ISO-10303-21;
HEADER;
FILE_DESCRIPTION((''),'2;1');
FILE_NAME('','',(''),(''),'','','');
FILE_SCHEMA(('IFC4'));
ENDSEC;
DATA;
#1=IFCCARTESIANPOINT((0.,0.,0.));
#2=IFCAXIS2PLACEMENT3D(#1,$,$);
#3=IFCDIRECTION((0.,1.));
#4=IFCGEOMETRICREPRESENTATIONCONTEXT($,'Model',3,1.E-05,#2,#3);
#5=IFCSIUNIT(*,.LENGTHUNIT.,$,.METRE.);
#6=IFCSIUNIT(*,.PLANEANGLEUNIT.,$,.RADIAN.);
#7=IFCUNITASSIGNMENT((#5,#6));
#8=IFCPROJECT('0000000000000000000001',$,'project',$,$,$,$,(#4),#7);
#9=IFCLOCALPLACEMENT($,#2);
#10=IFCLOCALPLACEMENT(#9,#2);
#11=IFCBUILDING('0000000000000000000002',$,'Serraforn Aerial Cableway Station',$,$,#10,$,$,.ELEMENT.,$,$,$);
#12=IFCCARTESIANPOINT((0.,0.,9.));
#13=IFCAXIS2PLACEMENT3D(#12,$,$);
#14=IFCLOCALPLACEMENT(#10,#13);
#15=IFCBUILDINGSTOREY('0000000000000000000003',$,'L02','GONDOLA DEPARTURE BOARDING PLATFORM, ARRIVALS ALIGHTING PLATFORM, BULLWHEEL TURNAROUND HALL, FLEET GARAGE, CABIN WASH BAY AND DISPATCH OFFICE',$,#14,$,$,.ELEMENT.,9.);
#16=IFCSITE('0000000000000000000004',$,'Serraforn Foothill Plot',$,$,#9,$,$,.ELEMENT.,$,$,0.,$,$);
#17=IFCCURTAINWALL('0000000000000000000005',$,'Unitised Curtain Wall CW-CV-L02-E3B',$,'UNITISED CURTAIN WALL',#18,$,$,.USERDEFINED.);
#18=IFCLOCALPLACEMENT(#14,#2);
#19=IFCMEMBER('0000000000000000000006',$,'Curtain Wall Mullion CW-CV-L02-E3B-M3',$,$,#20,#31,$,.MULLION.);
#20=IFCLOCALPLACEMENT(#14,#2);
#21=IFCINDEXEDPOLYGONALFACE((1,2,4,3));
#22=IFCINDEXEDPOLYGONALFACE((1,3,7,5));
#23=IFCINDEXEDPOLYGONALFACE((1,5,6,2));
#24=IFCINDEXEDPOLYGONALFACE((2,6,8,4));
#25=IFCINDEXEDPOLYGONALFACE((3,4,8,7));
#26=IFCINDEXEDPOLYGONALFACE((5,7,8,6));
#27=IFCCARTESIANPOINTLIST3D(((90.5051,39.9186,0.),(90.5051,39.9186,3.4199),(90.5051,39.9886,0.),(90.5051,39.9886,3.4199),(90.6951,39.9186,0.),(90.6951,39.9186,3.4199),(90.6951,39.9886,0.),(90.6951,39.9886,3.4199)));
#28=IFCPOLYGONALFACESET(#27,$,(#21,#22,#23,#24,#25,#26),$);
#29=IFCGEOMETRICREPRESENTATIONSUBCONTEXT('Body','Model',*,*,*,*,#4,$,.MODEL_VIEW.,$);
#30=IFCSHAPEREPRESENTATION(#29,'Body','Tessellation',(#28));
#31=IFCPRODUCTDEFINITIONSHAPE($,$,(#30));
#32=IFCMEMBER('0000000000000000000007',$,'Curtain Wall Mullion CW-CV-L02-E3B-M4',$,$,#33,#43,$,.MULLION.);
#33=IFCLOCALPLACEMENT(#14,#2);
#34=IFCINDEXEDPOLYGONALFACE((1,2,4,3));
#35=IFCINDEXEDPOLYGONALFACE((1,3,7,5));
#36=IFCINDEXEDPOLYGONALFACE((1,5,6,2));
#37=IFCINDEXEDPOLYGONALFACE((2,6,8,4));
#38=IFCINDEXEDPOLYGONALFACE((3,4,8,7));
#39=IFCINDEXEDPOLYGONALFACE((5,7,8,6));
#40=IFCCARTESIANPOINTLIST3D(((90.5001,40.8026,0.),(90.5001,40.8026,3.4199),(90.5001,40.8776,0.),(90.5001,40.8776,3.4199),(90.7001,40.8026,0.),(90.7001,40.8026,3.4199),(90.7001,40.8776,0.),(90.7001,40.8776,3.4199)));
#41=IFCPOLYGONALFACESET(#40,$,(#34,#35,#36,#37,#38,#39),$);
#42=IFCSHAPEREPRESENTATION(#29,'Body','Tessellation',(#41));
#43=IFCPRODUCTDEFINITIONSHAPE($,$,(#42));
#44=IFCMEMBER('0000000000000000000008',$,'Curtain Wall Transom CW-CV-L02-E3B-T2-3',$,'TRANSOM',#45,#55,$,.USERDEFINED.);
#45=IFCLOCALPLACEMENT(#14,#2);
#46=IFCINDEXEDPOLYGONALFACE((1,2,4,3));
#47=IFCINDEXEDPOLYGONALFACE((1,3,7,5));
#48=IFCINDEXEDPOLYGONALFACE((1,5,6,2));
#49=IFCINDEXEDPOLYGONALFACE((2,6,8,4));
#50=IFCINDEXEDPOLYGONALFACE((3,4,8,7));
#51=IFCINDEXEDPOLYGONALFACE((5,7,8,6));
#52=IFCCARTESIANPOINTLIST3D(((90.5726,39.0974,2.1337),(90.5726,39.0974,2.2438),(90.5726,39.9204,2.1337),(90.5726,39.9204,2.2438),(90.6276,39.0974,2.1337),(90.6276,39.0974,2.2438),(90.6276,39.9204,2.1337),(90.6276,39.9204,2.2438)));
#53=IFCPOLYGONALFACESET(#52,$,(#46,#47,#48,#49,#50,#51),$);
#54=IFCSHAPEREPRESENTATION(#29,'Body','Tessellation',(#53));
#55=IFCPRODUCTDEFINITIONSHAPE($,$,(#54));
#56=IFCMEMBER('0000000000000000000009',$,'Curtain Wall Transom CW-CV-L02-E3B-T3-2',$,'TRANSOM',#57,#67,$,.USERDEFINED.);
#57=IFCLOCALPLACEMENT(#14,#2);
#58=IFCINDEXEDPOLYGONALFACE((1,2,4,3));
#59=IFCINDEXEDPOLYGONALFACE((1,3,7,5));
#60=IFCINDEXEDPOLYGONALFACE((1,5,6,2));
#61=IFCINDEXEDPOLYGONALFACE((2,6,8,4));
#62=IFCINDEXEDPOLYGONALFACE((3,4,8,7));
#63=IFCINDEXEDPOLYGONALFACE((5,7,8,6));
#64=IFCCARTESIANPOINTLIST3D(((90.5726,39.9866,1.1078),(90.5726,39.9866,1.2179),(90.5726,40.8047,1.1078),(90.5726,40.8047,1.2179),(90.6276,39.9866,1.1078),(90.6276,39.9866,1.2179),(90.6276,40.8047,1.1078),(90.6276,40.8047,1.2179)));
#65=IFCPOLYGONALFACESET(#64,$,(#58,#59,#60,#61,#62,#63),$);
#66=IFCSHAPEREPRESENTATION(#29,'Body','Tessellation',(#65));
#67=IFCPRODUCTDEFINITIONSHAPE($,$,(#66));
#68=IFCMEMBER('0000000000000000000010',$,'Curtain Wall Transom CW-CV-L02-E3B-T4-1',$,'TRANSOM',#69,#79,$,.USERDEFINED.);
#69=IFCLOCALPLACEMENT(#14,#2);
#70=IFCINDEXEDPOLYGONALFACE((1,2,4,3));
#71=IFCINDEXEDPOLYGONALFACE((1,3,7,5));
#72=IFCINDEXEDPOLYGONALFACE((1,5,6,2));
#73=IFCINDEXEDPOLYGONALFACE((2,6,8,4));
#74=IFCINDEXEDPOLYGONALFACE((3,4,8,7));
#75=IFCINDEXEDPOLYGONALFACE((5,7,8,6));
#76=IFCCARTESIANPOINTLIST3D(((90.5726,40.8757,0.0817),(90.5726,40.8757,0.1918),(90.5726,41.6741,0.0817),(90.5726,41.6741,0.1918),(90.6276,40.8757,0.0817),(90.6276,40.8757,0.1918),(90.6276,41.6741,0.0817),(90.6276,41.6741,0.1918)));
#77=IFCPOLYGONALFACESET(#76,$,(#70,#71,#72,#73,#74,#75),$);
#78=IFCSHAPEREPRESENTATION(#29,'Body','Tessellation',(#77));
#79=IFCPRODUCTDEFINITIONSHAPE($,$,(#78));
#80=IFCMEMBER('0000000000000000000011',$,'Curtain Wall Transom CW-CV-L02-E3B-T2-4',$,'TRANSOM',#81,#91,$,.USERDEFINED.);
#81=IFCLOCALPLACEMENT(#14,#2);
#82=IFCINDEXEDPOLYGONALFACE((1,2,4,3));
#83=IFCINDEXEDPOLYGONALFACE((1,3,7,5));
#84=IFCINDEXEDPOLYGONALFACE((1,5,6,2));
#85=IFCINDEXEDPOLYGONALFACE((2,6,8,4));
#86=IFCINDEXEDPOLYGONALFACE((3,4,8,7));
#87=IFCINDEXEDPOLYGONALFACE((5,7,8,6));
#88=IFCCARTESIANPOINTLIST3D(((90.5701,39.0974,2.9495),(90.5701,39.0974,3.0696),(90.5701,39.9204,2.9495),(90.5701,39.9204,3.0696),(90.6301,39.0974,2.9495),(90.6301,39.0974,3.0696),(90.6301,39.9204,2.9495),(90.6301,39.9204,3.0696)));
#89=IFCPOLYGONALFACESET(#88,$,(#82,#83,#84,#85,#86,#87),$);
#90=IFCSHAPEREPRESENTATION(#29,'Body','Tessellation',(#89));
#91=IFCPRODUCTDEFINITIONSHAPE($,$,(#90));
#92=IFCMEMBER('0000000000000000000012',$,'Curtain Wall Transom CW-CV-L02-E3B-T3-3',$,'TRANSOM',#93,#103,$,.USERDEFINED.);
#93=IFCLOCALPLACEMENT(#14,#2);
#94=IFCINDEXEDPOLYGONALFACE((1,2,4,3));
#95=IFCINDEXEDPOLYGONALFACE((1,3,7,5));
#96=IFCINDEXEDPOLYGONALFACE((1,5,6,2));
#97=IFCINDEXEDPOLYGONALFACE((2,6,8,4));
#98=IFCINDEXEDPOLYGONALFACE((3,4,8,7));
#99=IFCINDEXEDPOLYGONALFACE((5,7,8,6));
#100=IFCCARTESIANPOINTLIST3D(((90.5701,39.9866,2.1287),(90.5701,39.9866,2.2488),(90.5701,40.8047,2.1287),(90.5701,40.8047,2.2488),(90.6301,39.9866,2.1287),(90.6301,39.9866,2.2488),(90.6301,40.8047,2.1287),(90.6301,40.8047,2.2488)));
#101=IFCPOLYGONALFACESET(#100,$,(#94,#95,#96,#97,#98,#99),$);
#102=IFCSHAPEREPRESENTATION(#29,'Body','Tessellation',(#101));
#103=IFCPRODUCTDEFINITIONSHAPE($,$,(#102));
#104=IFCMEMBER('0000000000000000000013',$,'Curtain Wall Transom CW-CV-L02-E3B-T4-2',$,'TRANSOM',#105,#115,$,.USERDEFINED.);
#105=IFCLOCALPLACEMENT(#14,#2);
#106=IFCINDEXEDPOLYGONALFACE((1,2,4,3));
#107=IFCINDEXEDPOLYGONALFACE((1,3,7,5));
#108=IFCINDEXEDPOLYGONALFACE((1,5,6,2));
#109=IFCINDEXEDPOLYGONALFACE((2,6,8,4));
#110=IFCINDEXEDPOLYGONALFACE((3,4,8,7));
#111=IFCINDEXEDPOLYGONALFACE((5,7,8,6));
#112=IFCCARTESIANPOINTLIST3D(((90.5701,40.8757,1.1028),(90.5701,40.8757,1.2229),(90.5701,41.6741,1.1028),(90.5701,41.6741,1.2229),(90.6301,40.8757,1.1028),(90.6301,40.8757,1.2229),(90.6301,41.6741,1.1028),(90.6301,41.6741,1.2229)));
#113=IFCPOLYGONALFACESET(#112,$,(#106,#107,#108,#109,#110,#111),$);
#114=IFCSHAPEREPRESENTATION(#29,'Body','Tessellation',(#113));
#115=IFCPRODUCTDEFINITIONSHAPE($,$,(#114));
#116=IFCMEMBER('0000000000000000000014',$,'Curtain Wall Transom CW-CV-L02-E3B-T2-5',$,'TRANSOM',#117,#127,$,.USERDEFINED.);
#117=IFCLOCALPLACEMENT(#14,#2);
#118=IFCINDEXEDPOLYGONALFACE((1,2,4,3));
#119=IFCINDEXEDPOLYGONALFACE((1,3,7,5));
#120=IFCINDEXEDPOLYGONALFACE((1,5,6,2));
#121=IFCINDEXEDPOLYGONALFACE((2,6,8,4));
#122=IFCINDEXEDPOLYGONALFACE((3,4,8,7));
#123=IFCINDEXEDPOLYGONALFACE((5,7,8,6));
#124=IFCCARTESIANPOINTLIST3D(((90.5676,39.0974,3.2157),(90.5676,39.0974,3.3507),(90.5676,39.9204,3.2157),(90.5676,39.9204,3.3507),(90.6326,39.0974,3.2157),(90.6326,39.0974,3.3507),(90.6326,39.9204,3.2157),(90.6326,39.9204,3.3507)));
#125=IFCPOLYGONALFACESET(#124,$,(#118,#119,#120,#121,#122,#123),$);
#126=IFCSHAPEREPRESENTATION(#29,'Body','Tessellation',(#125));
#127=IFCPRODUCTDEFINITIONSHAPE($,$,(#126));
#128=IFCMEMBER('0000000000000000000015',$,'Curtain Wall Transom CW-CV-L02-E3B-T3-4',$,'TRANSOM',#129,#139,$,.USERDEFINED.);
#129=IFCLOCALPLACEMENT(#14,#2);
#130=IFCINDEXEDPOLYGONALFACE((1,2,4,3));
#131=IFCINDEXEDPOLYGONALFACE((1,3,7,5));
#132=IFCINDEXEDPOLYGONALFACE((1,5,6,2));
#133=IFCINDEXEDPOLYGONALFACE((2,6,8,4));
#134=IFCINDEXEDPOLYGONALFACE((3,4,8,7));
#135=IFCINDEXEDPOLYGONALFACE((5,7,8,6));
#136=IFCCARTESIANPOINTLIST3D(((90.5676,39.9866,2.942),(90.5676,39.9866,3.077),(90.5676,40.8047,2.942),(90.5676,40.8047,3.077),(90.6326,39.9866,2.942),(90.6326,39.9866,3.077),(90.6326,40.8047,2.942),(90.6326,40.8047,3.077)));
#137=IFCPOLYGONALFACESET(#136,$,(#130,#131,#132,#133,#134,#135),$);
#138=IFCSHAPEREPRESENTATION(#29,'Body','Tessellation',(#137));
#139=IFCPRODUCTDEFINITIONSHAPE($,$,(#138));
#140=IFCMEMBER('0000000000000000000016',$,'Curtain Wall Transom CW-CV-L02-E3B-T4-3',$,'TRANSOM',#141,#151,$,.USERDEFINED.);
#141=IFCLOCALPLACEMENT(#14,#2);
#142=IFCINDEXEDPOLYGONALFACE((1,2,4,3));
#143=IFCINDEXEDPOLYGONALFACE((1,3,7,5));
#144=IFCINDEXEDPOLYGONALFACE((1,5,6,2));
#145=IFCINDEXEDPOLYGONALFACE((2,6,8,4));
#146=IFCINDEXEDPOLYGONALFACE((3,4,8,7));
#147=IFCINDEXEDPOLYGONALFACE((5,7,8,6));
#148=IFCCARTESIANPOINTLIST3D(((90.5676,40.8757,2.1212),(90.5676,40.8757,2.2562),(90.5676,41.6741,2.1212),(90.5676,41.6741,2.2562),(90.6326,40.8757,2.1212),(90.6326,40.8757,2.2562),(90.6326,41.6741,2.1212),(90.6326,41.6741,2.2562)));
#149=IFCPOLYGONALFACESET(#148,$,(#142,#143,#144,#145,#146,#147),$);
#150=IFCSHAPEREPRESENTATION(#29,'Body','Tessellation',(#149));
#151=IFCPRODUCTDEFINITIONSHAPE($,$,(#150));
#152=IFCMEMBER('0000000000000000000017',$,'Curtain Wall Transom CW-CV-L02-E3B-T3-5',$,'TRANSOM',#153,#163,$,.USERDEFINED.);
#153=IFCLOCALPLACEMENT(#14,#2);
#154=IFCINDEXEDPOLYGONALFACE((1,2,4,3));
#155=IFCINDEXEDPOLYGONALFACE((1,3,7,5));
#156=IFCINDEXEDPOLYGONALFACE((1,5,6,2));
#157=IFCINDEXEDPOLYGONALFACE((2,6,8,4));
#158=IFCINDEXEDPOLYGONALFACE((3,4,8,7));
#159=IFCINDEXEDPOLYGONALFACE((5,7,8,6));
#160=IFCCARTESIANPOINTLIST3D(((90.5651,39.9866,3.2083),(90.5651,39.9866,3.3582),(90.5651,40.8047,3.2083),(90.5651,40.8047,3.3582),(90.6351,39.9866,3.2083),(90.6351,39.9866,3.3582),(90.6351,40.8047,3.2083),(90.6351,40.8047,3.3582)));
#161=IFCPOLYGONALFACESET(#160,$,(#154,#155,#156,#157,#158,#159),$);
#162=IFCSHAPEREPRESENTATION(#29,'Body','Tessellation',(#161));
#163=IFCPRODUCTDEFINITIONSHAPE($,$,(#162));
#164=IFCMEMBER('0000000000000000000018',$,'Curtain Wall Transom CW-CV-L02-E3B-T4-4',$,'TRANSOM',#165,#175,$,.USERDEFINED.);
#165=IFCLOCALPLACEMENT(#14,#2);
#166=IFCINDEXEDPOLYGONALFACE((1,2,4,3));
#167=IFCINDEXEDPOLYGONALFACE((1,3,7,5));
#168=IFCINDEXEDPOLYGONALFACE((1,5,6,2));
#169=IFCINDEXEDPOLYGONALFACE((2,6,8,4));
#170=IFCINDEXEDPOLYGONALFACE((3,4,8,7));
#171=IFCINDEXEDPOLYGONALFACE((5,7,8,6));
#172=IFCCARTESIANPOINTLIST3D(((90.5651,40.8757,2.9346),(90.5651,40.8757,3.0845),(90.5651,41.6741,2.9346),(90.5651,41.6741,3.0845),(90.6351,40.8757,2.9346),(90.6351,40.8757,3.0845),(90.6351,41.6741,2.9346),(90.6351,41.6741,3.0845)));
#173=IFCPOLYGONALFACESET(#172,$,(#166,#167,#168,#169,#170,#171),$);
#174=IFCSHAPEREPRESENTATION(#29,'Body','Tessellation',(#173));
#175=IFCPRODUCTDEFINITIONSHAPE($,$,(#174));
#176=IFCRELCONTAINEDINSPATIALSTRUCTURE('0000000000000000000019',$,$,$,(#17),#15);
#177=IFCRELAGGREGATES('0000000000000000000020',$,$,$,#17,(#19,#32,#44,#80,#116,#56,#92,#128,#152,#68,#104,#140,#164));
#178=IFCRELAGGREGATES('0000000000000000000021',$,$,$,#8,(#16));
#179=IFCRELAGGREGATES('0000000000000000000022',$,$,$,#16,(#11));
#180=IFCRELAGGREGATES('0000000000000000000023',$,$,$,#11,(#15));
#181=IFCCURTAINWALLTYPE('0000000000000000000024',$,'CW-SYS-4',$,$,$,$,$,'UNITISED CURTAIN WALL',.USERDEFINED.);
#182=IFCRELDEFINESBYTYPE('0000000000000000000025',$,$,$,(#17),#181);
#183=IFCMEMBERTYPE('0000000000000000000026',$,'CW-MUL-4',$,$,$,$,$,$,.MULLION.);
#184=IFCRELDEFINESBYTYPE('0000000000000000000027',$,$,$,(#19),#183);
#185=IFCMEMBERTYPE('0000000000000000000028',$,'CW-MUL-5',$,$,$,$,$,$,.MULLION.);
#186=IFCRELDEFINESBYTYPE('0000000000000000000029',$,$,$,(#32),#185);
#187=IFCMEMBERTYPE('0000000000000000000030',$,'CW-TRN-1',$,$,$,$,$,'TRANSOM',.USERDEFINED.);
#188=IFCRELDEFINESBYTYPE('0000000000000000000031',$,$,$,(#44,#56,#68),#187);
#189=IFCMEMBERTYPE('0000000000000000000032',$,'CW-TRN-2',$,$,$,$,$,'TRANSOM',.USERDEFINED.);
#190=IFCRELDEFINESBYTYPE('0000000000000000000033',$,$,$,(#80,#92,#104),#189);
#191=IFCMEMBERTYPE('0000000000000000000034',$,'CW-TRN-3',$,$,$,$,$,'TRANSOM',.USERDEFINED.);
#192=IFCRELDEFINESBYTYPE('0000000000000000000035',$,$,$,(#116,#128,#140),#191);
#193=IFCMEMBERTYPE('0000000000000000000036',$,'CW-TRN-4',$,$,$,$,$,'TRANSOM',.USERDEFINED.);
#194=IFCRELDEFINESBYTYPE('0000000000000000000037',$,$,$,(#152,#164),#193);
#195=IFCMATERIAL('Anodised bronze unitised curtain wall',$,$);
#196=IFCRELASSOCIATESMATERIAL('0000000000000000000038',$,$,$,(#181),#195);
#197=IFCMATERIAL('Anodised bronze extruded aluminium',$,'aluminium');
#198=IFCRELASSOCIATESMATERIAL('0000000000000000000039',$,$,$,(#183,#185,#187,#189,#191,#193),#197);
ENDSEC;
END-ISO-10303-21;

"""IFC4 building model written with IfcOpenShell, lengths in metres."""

from ifc_helpers import new_model, si_unit, direction, frame, origin, origin_2d, place, context, subcontext, project, spatial, rectangle, extrude, material, material_profile, profile_set, type_object, element, aggregate, save


model = new_model("IFC4")

# Units and contexts
model_context = context("Model", 3, precision=1e-05, world=origin(), true_north=direction((0.0, 1.0)))
body_context = subcontext(model_context, "Body", "Model", "MODEL_VIEW")
ifc_project = project(units=[si_unit("LENGTHUNIT", "METRE"), si_unit("PLANEANGLEUNIT", "RADIAN")], contexts=[model_context])

# Site, building, storey
site_placement = place(None, origin())
site = spatial("IfcSite", under=ifc_project, at=site_placement, Name="Serraforn Foothill Plot", CompositionType="ELEMENT", RefElevation=0.0)
building_placement = place(site_placement, origin())
building = spatial("IfcBuilding", under=site, at=building_placement, Name="Serraforn Aerial Cableway Station", CompositionType="ELEMENT")
storey_placement = place(building_placement, frame((0.0, 0.0, 9.0)))
storey = spatial("IfcBuildingStorey", under=building, at=storey_placement, Name="L02", Description="GONDOLA DEPARTURE BOARDING PLATFORM, ARRIVALS ALIGHTING PLATFORM, BULLWHEEL TURNAROUND HALL, FLEET GARAGE, CABIN WASH BAY AND DISPATCH OFFICE", CompositionType="ELEMENT", Elevation=9.0)

# Curtain wall, members
ifc_material_1 = material(Name="Anodised bronze unitised curtain wall")
curtain_wall_type = type_object("IfcCurtainWallType", Name="CW-SYS-4", ElementType="UNITISED CURTAIN WALL", PredefinedType="USERDEFINED", material=ifc_material_1)
curtain_wall_placement = place(storey_placement, origin())
curtain_wall = element("IfcCurtainWall", 1, at=curtain_wall_placement, inside=storey, type_object=curtain_wall_type, Name="Unitised Curtain Wall CW-CV-L02-E3B", ObjectType="UNITISED CURTAIN WALL", PredefinedType="USERDEFINED")
ifc_material_2 = material(Name="Anodised bronze extruded aluminium", Category="aluminium")
ifc_material_profile_1 = material_profile(ifc_material_2, rectangle(XDim=0.0701, YDim=0.1899, at=origin_2d()), Name="CW MULLION 70x190")
ifc_profile_set_1 = profile_set([ifc_material_profile_1], Name="Anodised bronze extruded aluminium")
member_type_1 = type_object("IfcMemberType", Name="CW-MUL-4", PredefinedType="MULLION", material=ifc_profile_set_1)
member_1_placement = place(storey_placement, frame((90.6001, 39.9536, 0.0), z_axis=(0.0, 0.0, 1.0), x_axis=(0.0, 1.0, 0.0)))
member_1 = element("IfcMember", 2, at=member_1_placement, type_object=member_type_1, Name="Curtain Wall Mullion CW-CV-L02-E3B-M3", PredefinedType="MULLION", context=body_context, shape_type="SweptSolid", body=[
    extrude(rectangle(XDim=0.0701, YDim=0.1899, at=origin_2d()), origin(), (0.0, 0.0, 1.0), 3.4199),
])
ifc_material_profile_2 = material_profile(ifc_material_2, rectangle(XDim=0.075, YDim=0.2, at=origin_2d()), Name="CW MULLION 75x200")
ifc_profile_set_2 = profile_set([ifc_material_profile_2], Name="Anodised bronze extruded aluminium")
member_type_2 = type_object("IfcMemberType", Name="CW-MUL-5", PredefinedType="MULLION", material=ifc_profile_set_2)
member_2_placement = place(storey_placement, frame((90.6001, 40.8401, 0.0), z_axis=(0.0, 0.0, 1.0), x_axis=(0.0, 1.0, 0.0)))
member_2 = element("IfcMember", 3, at=member_2_placement, type_object=member_type_2, Name="Curtain Wall Mullion CW-CV-L02-E3B-M4", PredefinedType="MULLION", context=body_context, shape_type="SweptSolid", body=[
    extrude(rectangle(XDim=0.075, YDim=0.2, at=origin_2d()), origin(), (0.0, 0.0, 1.0), 3.4199),
])
ifc_material_profile_3 = material_profile(ifc_material_2, rectangle(XDim=0.0549, YDim=0.1101, at=origin_2d()), Name="CW TRANSOM 55x110")
ifc_profile_set_3 = profile_set([ifc_material_profile_3], Name="Anodised bronze extruded aluminium")
member_type_3 = type_object("IfcMemberType", Name="CW-TRN-1", ElementType="TRANSOM", PredefinedType="USERDEFINED", material=ifc_profile_set_3)
member_3_placement = place(storey_placement, frame((90.6001, 39.0974, 2.1887), z_axis=(0.0, 1.0, 0.0), x_axis=(-1.0, 0.0, 0.0)))
member_3 = element("IfcMember", 4, at=member_3_placement, type_object=member_type_3, Name="Curtain Wall Transom CW-CV-L02-E3B-T2-3", ObjectType="TRANSOM", PredefinedType="USERDEFINED", context=body_context, shape_type="SweptSolid", body=[
    extrude(rectangle(XDim=0.0549, YDim=0.1101, at=origin_2d()), origin(), (0.0, 0.0, 1.0), 0.823),
])
member_4_placement = place(storey_placement, frame((90.6001, 39.9866, 1.1628), z_axis=(0.0, 1.0, 0.0), x_axis=(-1.0, 0.0, 0.0)))
member_4 = element("IfcMember", 5, at=member_4_placement, type_object=member_type_3, Name="Curtain Wall Transom CW-CV-L02-E3B-T3-2", ObjectType="TRANSOM", PredefinedType="USERDEFINED", context=body_context, shape_type="SweptSolid", body=[
    extrude(rectangle(XDim=0.0549, YDim=0.1101, at=origin_2d()), origin(), (0.0, 0.0, 1.0), 0.8181),
])
member_5_placement = place(storey_placement, frame((90.6001, 40.8757, 0.1367), z_axis=(0.0, 1.0, 0.0), x_axis=(-1.0, 0.0, 0.0)))
member_5 = element("IfcMember", 6, at=member_5_placement, type_object=member_type_3, Name="Curtain Wall Transom CW-CV-L02-E3B-T4-1", ObjectType="TRANSOM", PredefinedType="USERDEFINED", context=body_context, shape_type="SweptSolid", body=[
    extrude(rectangle(XDim=0.0549, YDim=0.1101, at=origin_2d()), origin(), (0.0, 0.0, 1.0), 0.7983),
])
ifc_material_profile_4 = material_profile(ifc_material_2, rectangle(XDim=0.0601, YDim=0.1201, at=origin_2d()), Name="CW TRANSOM 60x120")
ifc_profile_set_4 = profile_set([ifc_material_profile_4], Name="Anodised bronze extruded aluminium")
member_type_4 = type_object("IfcMemberType", Name="CW-TRN-2", ElementType="TRANSOM", PredefinedType="USERDEFINED", material=ifc_profile_set_4)
member_6_placement = place(storey_placement, frame((90.6001, 39.0974, 3.0095), z_axis=(0.0, 1.0, 0.0), x_axis=(-1.0, 0.0, 0.0)))
member_6 = element("IfcMember", 7, at=member_6_placement, type_object=member_type_4, Name="Curtain Wall Transom CW-CV-L02-E3B-T2-4", ObjectType="TRANSOM", PredefinedType="USERDEFINED", context=body_context, shape_type="SweptSolid", body=[
    extrude(rectangle(XDim=0.0601, YDim=0.1201, at=origin_2d()), origin(), (0.0, 0.0, 1.0), 0.823),
])
member_7_placement = place(storey_placement, frame((90.6001, 39.9866, 2.1887), z_axis=(0.0, 1.0, 0.0), x_axis=(-1.0, 0.0, 0.0)))
member_7 = element("IfcMember", 8, at=member_7_placement, type_object=member_type_4, Name="Curtain Wall Transom CW-CV-L02-E3B-T3-3", ObjectType="TRANSOM", PredefinedType="USERDEFINED", context=body_context, shape_type="SweptSolid", body=[
    extrude(rectangle(XDim=0.0601, YDim=0.1201, at=origin_2d()), origin(), (0.0, 0.0, 1.0), 0.8181),
])
member_8_placement = place(storey_placement, frame((90.6001, 40.8757, 1.1628), z_axis=(0.0, 1.0, 0.0), x_axis=(-1.0, 0.0, 0.0)))
member_8 = element("IfcMember", 9, at=member_8_placement, type_object=member_type_4, Name="Curtain Wall Transom CW-CV-L02-E3B-T4-2", ObjectType="TRANSOM", PredefinedType="USERDEFINED", context=body_context, shape_type="SweptSolid", body=[
    extrude(rectangle(XDim=0.0601, YDim=0.1201, at=origin_2d()), origin(), (0.0, 0.0, 1.0), 0.7983),
])
ifc_material_profile_5 = material_profile(ifc_material_2, rectangle(XDim=0.0649, YDim=0.135, at=origin_2d()), Name="CW TRANSOM 65x135")
ifc_profile_set_5 = profile_set([ifc_material_profile_5], Name="Anodised bronze extruded aluminium")
member_type_5 = type_object("IfcMemberType", Name="CW-TRN-3", ElementType="TRANSOM", PredefinedType="USERDEFINED", material=ifc_profile_set_5)
member_9_placement = place(storey_placement, frame((90.6001, 39.0974, 3.2832), z_axis=(0.0, 1.0, 0.0), x_axis=(-1.0, 0.0, 0.0)))
member_9 = element("IfcMember", 10, at=member_9_placement, type_object=member_type_5, Name="Curtain Wall Transom CW-CV-L02-E3B-T2-5", ObjectType="TRANSOM", PredefinedType="USERDEFINED", context=body_context, shape_type="SweptSolid", body=[
    extrude(rectangle(XDim=0.0649, YDim=0.135, at=origin_2d()), origin(), (0.0, 0.0, 1.0), 0.823),
])
member_10_placement = place(storey_placement, frame((90.6001, 39.9866, 3.0095), z_axis=(0.0, 1.0, 0.0), x_axis=(-1.0, 0.0, 0.0)))
member_10 = element("IfcMember", 11, at=member_10_placement, type_object=member_type_5, Name="Curtain Wall Transom CW-CV-L02-E3B-T3-4", ObjectType="TRANSOM", PredefinedType="USERDEFINED", context=body_context, shape_type="SweptSolid", body=[
    extrude(rectangle(XDim=0.0649, YDim=0.135, at=origin_2d()), origin(), (0.0, 0.0, 1.0), 0.8181),
])
member_11_placement = place(storey_placement, frame((90.6001, 40.8757, 2.1887), z_axis=(0.0, 1.0, 0.0), x_axis=(-1.0, 0.0, 0.0)))
member_11 = element("IfcMember", 12, at=member_11_placement, type_object=member_type_5, Name="Curtain Wall Transom CW-CV-L02-E3B-T4-3", ObjectType="TRANSOM", PredefinedType="USERDEFINED", context=body_context, shape_type="SweptSolid", body=[
    extrude(rectangle(XDim=0.0649, YDim=0.135, at=origin_2d()), origin(), (0.0, 0.0, 1.0), 0.7983),
])
ifc_material_profile_6 = material_profile(ifc_material_2, rectangle(XDim=0.0701, YDim=0.1499, at=origin_2d()), Name="CW TRANSOM 70x150")
ifc_profile_set_6 = profile_set([ifc_material_profile_6], Name="Anodised bronze extruded aluminium")
member_type_6 = type_object("IfcMemberType", Name="CW-TRN-4", ElementType="TRANSOM", PredefinedType="USERDEFINED", material=ifc_profile_set_6)
member_12_placement = place(storey_placement, frame((90.6001, 39.9866, 3.2832), z_axis=(0.0, 1.0, 0.0), x_axis=(-1.0, 0.0, 0.0)))
member_12 = element("IfcMember", 13, at=member_12_placement, type_object=member_type_6, Name="Curtain Wall Transom CW-CV-L02-E3B-T3-5", ObjectType="TRANSOM", PredefinedType="USERDEFINED", context=body_context, shape_type="SweptSolid", body=[
    extrude(rectangle(XDim=0.0701, YDim=0.1499, at=origin_2d()), origin(), (0.0, 0.0, 1.0), 0.8181),
])
member_13_placement = place(storey_placement, frame((90.6001, 40.8757, 3.0095), z_axis=(0.0, 1.0, 0.0), x_axis=(-1.0, 0.0, 0.0)))
member_13 = element("IfcMember", 14, at=member_13_placement, type_object=member_type_6, Name="Curtain Wall Transom CW-CV-L02-E3B-T4-4", ObjectType="TRANSOM", PredefinedType="USERDEFINED", context=body_context, shape_type="SweptSolid", body=[
    extrude(rectangle(XDim=0.0701, YDim=0.1499, at=origin_2d()), origin(), (0.0, 0.0, 1.0), 0.7983),
])
aggregate(curtain_wall, [member_1, member_2, member_3, member_6, member_9, member_4, member_7, member_10, member_12, member_5, member_8, member_11, member_13])

save(model, "model.ifc")
